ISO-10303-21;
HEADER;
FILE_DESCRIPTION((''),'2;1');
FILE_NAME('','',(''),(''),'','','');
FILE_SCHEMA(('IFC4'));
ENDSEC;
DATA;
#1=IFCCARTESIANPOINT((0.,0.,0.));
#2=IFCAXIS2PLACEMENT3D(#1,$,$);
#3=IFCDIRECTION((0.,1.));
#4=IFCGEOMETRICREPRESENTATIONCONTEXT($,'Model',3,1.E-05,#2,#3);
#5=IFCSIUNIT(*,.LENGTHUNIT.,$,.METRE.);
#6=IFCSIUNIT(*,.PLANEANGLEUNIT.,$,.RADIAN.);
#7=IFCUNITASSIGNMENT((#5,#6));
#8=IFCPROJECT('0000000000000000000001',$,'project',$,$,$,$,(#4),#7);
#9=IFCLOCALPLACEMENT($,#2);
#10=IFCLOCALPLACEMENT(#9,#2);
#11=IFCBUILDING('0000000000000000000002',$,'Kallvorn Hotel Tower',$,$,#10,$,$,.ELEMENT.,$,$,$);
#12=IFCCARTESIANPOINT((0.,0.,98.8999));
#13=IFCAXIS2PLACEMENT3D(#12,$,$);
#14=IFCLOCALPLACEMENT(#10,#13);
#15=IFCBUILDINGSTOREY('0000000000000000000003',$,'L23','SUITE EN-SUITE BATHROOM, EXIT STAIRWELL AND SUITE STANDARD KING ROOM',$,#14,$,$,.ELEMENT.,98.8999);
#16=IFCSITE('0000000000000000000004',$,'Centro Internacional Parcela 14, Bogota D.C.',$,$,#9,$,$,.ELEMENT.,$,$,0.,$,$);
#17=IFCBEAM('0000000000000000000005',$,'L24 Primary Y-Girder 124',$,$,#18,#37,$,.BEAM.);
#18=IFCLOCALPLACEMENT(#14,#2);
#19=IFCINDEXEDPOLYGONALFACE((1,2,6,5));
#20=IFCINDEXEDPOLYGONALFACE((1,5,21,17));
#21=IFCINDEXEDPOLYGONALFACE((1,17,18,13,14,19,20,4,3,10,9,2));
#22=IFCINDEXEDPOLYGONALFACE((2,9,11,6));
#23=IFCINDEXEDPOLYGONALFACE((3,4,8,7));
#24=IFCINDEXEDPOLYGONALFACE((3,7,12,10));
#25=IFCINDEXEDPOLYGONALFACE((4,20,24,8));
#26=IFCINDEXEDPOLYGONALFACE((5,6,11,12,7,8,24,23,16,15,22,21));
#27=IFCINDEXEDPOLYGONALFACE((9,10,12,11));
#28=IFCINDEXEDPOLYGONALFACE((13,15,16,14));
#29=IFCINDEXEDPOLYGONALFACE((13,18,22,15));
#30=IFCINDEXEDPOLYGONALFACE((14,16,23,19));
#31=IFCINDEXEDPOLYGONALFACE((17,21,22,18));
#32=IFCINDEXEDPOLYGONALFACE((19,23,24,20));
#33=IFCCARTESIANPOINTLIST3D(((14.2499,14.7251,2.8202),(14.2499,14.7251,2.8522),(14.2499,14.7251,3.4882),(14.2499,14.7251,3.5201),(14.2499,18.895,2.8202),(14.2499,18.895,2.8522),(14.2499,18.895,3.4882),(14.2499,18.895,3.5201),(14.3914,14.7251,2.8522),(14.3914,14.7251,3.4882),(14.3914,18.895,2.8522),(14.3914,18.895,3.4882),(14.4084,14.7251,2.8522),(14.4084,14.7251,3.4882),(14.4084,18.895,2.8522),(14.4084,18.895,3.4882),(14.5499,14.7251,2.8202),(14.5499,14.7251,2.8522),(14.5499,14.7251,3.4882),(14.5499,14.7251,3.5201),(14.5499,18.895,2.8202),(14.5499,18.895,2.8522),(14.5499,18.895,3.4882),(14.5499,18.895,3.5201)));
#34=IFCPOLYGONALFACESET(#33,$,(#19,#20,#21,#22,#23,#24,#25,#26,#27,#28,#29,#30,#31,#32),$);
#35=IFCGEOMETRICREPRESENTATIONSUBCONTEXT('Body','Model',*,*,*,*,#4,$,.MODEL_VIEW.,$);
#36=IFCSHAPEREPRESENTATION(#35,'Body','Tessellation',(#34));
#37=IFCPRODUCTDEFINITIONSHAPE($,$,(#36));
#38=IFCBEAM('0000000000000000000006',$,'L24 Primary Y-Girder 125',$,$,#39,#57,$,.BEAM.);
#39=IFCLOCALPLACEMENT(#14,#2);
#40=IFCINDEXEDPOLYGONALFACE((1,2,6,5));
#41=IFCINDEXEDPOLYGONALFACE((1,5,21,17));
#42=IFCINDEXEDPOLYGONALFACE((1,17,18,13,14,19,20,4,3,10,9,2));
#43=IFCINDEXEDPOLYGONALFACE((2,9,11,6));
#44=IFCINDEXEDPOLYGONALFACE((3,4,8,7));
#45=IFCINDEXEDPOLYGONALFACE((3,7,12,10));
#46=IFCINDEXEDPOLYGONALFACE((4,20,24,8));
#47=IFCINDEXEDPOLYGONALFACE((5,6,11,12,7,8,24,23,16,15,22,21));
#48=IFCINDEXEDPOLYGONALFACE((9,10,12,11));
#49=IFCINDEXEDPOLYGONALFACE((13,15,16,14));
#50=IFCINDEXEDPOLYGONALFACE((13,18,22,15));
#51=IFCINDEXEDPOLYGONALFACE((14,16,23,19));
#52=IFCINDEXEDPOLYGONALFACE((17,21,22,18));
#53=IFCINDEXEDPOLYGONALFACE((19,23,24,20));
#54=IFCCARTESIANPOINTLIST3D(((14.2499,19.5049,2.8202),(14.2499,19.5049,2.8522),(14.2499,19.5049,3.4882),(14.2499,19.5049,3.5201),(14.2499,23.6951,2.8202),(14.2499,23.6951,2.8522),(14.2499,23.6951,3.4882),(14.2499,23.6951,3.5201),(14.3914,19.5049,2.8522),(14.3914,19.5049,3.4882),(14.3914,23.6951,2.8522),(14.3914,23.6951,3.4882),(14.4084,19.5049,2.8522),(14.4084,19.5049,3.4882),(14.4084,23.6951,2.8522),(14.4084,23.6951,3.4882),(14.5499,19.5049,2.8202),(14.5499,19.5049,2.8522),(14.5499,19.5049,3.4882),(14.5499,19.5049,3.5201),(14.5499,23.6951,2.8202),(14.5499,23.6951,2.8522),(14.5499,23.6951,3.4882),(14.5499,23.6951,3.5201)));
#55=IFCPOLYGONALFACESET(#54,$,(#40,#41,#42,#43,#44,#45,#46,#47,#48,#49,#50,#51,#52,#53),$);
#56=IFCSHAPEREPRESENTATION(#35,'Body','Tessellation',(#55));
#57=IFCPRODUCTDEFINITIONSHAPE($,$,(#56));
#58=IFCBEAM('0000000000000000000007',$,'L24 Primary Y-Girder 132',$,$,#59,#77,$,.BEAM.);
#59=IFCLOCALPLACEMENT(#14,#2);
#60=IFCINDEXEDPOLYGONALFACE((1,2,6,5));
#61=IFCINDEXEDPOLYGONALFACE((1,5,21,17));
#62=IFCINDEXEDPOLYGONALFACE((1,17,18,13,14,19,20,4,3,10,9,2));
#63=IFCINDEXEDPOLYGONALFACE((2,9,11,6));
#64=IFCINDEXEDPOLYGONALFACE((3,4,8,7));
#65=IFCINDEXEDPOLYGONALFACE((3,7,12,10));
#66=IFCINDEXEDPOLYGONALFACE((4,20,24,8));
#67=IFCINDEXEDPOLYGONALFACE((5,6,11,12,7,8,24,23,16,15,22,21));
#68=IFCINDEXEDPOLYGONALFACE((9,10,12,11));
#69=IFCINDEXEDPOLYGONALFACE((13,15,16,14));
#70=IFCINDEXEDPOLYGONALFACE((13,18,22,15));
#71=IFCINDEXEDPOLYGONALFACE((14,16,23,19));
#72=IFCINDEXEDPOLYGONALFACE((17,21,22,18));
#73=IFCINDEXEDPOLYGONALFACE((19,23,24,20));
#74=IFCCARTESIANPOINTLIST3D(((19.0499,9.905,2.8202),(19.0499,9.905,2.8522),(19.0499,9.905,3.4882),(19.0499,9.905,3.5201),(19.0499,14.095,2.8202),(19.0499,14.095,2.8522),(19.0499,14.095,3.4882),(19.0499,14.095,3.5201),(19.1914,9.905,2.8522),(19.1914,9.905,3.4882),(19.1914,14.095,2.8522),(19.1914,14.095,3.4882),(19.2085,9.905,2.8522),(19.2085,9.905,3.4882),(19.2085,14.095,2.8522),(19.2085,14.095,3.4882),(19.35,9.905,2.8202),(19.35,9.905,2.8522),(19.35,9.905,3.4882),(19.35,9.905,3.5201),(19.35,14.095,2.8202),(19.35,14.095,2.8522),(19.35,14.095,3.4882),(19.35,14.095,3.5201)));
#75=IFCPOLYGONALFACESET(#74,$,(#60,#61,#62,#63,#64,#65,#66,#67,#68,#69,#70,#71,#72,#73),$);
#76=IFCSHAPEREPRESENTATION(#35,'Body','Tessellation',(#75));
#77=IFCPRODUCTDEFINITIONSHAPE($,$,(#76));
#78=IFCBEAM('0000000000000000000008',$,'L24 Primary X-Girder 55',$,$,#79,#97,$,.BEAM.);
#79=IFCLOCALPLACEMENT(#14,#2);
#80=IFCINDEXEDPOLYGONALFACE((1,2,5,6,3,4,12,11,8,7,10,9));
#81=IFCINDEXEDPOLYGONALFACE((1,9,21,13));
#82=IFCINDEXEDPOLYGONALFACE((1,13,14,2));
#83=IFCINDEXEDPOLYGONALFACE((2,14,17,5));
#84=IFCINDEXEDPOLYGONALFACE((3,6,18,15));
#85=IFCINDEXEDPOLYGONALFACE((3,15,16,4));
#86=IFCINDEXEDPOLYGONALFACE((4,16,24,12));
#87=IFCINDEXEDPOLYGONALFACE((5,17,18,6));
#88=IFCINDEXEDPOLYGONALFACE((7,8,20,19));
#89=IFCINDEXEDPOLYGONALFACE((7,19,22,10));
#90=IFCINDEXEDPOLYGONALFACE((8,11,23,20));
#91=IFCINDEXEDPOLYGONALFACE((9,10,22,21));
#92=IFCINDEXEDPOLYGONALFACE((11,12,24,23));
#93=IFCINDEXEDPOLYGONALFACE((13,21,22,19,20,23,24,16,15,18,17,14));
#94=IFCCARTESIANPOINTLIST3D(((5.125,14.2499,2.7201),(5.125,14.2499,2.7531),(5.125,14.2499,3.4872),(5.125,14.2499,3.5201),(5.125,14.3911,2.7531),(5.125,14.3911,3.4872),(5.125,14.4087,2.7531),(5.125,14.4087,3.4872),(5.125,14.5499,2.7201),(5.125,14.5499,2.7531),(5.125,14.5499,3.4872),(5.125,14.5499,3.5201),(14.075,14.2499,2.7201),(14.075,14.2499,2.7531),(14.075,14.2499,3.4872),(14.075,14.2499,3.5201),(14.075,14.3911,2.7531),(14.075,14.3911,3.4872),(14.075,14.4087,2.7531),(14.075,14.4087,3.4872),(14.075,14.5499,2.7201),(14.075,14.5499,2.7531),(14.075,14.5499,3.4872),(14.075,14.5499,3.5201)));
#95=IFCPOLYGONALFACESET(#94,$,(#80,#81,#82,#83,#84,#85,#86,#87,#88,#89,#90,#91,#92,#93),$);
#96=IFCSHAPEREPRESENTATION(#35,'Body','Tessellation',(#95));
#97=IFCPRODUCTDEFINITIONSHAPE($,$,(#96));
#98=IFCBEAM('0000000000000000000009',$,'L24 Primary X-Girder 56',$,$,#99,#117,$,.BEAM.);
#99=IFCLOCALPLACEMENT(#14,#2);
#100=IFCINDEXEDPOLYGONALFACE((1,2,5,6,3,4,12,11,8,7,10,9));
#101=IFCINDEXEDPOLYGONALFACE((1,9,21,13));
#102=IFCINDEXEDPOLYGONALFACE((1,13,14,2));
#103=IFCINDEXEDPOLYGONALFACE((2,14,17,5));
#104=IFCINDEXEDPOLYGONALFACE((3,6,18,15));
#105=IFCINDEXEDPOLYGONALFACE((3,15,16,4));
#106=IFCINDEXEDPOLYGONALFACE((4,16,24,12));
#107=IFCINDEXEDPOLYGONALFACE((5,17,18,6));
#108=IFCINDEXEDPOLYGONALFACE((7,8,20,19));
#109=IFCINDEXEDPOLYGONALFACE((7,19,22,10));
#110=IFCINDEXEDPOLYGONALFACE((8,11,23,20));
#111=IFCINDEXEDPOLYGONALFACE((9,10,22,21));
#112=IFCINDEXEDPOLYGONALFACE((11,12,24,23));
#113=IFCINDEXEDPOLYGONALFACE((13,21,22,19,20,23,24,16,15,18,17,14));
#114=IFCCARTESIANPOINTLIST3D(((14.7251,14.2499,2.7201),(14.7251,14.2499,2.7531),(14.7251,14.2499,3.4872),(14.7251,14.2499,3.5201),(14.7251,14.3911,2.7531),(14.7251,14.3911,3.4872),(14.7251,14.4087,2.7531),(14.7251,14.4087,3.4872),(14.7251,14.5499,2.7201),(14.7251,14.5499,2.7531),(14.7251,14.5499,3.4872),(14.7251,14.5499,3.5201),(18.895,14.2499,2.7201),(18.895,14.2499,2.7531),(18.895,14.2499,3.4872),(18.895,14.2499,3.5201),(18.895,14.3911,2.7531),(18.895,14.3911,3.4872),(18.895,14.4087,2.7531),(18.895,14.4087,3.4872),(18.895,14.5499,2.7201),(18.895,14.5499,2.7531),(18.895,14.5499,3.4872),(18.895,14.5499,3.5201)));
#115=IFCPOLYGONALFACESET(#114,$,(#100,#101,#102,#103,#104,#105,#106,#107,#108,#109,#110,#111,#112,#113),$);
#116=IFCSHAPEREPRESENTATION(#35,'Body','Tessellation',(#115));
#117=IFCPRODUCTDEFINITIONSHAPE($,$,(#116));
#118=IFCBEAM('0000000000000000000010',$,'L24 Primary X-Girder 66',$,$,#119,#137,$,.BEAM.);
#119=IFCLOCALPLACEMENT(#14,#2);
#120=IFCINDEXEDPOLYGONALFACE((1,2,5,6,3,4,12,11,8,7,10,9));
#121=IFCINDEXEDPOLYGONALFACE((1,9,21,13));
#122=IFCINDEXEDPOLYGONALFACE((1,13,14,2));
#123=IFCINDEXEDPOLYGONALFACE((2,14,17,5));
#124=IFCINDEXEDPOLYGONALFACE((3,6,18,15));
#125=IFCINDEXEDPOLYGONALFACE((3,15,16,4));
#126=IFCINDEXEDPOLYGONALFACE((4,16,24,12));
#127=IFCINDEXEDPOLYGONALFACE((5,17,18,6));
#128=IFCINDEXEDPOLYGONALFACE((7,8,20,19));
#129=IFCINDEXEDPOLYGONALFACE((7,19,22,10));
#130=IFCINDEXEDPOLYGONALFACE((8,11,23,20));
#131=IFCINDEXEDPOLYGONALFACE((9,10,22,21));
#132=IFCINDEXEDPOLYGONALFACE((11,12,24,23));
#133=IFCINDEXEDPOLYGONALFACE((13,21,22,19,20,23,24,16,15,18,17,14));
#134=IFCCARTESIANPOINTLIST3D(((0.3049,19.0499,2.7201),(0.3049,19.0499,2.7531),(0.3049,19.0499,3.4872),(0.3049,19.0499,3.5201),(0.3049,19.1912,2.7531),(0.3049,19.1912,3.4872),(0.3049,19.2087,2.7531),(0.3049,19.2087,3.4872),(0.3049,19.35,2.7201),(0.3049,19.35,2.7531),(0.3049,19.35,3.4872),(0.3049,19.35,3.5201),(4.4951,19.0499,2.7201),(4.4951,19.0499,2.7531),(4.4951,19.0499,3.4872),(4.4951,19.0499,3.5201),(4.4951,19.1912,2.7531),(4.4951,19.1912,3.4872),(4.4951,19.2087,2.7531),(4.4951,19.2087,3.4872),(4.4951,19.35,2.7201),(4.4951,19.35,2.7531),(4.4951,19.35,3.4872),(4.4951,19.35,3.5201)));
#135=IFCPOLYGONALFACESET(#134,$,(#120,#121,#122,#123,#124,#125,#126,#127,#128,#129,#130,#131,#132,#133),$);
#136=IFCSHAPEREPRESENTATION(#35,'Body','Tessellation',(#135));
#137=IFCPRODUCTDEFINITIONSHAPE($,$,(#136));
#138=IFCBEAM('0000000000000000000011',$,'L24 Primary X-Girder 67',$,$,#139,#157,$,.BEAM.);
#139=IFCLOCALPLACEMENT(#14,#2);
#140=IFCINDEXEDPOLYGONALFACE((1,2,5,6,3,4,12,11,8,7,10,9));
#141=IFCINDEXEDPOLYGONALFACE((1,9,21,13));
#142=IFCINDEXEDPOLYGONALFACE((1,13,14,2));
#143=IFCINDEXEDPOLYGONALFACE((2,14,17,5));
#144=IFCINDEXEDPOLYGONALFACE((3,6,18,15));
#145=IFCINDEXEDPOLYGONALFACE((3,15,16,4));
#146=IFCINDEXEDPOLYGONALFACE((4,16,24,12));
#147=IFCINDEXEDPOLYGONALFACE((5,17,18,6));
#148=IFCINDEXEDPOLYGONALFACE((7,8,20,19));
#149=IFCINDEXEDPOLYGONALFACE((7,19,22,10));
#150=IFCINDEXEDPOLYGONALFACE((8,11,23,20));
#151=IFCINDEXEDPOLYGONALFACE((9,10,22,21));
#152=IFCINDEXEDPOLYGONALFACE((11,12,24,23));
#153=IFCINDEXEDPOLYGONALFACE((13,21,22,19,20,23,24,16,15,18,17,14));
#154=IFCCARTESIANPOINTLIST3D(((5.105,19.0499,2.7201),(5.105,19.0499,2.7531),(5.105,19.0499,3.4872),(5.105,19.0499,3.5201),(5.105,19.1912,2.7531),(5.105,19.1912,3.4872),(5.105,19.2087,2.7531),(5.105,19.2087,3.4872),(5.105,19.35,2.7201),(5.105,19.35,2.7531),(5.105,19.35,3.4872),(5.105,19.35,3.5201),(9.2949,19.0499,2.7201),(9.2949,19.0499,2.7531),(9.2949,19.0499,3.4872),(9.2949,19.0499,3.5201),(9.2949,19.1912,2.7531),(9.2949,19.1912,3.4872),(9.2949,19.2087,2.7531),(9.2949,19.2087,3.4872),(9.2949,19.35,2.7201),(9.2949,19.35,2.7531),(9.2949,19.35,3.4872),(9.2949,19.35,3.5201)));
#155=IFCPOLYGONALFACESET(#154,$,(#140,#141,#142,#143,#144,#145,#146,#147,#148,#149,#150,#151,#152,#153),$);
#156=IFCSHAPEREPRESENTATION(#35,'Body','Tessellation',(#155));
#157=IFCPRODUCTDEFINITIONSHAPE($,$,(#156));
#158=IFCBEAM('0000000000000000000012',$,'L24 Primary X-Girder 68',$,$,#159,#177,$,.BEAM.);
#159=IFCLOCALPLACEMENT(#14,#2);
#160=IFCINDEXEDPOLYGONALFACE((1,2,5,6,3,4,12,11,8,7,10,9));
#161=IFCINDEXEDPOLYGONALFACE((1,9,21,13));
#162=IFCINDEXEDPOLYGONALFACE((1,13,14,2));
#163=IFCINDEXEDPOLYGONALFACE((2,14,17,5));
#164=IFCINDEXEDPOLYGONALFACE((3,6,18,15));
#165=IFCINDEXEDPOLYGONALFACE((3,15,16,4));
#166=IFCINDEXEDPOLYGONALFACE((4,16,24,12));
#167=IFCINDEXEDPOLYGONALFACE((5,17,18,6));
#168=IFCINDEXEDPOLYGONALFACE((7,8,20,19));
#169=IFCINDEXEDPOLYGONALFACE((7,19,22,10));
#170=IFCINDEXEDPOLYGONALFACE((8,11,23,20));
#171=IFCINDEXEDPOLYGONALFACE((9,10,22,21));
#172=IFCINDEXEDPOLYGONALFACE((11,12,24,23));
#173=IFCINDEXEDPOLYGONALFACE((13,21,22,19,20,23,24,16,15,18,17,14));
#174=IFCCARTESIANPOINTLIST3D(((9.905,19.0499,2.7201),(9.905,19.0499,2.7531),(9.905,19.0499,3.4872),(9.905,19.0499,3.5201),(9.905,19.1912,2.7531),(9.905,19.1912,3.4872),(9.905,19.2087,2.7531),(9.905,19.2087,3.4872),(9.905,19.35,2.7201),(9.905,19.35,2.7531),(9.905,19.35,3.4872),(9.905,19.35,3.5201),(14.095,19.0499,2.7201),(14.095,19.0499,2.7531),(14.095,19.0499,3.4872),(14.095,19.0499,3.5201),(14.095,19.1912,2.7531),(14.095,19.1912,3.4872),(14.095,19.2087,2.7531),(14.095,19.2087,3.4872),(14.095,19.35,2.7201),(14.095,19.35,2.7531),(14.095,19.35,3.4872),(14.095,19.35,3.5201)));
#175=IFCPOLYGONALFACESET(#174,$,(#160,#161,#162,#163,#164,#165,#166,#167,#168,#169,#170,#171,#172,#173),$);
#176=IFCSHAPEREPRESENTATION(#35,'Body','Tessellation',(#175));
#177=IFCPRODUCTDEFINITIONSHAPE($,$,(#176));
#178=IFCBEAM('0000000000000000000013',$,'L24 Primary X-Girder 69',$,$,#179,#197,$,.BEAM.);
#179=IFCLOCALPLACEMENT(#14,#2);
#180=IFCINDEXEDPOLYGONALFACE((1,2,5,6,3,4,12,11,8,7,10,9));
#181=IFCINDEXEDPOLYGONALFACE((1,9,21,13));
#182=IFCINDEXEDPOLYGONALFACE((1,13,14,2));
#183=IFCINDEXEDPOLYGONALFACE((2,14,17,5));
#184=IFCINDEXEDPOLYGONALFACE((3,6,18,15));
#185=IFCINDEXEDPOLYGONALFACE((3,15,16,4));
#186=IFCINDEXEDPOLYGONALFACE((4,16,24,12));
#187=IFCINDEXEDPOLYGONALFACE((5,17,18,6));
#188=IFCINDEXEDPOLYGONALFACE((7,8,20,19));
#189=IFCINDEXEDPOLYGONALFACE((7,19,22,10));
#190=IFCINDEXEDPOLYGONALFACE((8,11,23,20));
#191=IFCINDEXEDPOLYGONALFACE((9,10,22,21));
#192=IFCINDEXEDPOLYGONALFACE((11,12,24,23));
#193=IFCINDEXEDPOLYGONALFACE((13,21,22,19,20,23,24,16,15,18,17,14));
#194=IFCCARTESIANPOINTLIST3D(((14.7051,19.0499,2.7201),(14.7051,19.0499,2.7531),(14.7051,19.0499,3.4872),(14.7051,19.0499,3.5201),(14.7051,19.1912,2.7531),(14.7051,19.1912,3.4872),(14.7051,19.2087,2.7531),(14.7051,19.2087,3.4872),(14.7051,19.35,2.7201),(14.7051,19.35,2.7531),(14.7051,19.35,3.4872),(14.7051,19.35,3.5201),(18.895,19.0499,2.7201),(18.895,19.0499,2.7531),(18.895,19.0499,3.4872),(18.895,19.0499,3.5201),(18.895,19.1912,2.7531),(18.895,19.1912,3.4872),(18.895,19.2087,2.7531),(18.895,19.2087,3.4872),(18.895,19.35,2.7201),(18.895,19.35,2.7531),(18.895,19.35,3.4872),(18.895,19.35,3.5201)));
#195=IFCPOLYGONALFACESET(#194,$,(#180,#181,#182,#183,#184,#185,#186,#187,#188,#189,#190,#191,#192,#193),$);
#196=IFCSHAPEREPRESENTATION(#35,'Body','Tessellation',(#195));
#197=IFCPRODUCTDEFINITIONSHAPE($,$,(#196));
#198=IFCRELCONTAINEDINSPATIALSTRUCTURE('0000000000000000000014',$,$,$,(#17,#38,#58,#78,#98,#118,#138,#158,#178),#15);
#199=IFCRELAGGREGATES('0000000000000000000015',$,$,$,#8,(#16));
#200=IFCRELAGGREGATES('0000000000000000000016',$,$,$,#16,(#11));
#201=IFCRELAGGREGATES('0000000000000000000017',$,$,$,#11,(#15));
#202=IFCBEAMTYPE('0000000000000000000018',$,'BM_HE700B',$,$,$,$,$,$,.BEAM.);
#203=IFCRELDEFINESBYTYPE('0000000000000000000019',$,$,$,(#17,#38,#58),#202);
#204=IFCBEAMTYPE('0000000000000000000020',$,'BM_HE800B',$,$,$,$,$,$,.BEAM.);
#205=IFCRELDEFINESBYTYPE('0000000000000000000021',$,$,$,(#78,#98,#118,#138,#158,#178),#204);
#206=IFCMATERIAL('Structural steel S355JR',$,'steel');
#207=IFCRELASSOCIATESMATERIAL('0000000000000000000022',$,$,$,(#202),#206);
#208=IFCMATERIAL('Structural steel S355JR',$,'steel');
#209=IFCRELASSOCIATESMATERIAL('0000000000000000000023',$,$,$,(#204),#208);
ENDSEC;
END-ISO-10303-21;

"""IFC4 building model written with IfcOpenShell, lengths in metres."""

from ifc_helpers import new_model, si_unit, direction, frame, origin, origin_2d, place, context, subcontext, project, spatial, i_section, extrude, material, material_profile, profile_set, type_object, element, save


model = new_model("IFC4")

# Units and contexts
model_context = context("Model", 3, precision=1e-05, world=origin(), true_north=direction((0.0, 1.0)))
body_context = subcontext(model_context, "Body", "Model", "MODEL_VIEW")
ifc_project = project(units=[si_unit("LENGTHUNIT", "METRE"), si_unit("PLANEANGLEUNIT", "RADIAN")], contexts=[model_context])

# Site, building, storey
site_placement = place(None, origin())
site = spatial("IfcSite", under=ifc_project, at=site_placement, Name="Centro Internacional Parcela 14, Bogota D.C.", CompositionType="ELEMENT", RefElevation=0.0)
building_placement = place(site_placement, origin())
building = spatial("IfcBuilding", under=site, at=building_placement, Name="Kallvorn Hotel Tower", CompositionType="ELEMENT")
storey_placement = place(building_placement, frame((0.0, 0.0, 98.8999)))
storey = spatial("IfcBuildingStorey", under=building, at=storey_placement, Name="L23", Description="SUITE EN-SUITE BATHROOM, EXIT STAIRWELL AND SUITE STANDARD KING ROOM", CompositionType="ELEMENT", Elevation=98.8999)

# Beams
ifc_material_1 = material(Name="Structural steel S355JR", Category="steel")
ifc_material_profile_1 = material_profile(ifc_material_1, i_section(OverallWidth=0.3, OverallDepth=0.7, WebThickness=0.0171, FlangeThickness=0.032, at=origin_2d()), Name="HE 700 B")
ifc_profile_set_1 = profile_set([ifc_material_profile_1], Name="Structural steel S355JR")
beam_type_1 = type_object("IfcBeamType", Name="BM_HE700B", PredefinedType="BEAM", material=ifc_profile_set_1)
beam_1_placement = place(storey_placement, frame((14.3999, 14.7251, 3.1702), z_axis=(0.0, 1.0, 0.0), x_axis=(-1.0, 0.0, 0.0)))
element("IfcBeam", 1, at=beam_1_placement, inside=storey, type_object=beam_type_1, Name="L24 Primary Y-Girder 124", PredefinedType="BEAM", context=body_context, shape_type="SweptSolid", body=[
    extrude(i_section(OverallWidth=0.3, OverallDepth=0.7, WebThickness=0.0171, FlangeThickness=0.032, at=origin_2d()), origin(), (0.0, 0.0, 1.0), 4.1699),
])
beam_2_placement = place(storey_placement, frame((14.3999, 19.5049, 3.1702), z_axis=(0.0, 1.0, 0.0), x_axis=(-1.0, 0.0, 0.0)))
element("IfcBeam", 2, at=beam_2_placement, inside=storey, type_object=beam_type_1, Name="L24 Primary Y-Girder 125", PredefinedType="BEAM", context=body_context, shape_type="SweptSolid", body=[
    extrude(i_section(OverallWidth=0.3, OverallDepth=0.7, WebThickness=0.0171, FlangeThickness=0.032, at=origin_2d()), origin(), (0.0, 0.0, 1.0), 4.1902),
])
beam_3_placement = place(storey_placement, frame((19.2, 9.905, 3.1702), z_axis=(0.0, 1.0, 0.0), x_axis=(-1.0, 0.0, 0.0)))
element("IfcBeam", 3, at=beam_3_placement, inside=storey, type_object=beam_type_1, Name="L24 Primary Y-Girder 132", PredefinedType="BEAM", context=body_context, shape_type="SweptSolid", body=[
    extrude(i_section(OverallWidth=0.3, OverallDepth=0.7, WebThickness=0.0171, FlangeThickness=0.032, at=origin_2d()), origin(), (0.0, 0.0, 1.0), 4.1899),
])
ifc_material_2 = material(Name="Structural steel S355JR", Category="steel")
ifc_material_profile_2 = material_profile(ifc_material_2, i_section(OverallWidth=0.3, OverallDepth=0.8, WebThickness=0.0176, FlangeThickness=0.033, at=origin_2d()), Name="HE 800 B")
ifc_profile_set_2 = profile_set([ifc_material_profile_2], Name="Structural steel S355JR")
beam_type_2 = type_object("IfcBeamType", Name="BM_HE800B", PredefinedType="BEAM", material=ifc_profile_set_2)
beam_4_placement = place(storey_placement, frame((5.125, 14.3999, 3.1201), z_axis=(1.0, 0.0, 0.0), x_axis=(0.0, 1.0, 0.0)))
element("IfcBeam", 4, at=beam_4_placement, inside=storey, type_object=beam_type_2, Name="L24 Primary X-Girder 55", PredefinedType="BEAM", context=body_context, shape_type="SweptSolid", body=[
    extrude(i_section(OverallWidth=0.3, OverallDepth=0.8, WebThickness=0.0176, FlangeThickness=0.033, at=origin_2d()), origin(), (0.0, 0.0, 1.0), 8.95),
])
beam_5_placement = place(storey_placement, frame((14.7251, 14.3999, 3.1201), z_axis=(1.0, 0.0, 0.0), x_axis=(0.0, 1.0, 0.0)))
element("IfcBeam", 5, at=beam_5_placement, inside=storey, type_object=beam_type_2, Name="L24 Primary X-Girder 56", PredefinedType="BEAM", context=body_context, shape_type="SweptSolid", body=[
    extrude(i_section(OverallWidth=0.3, OverallDepth=0.8, WebThickness=0.0176, FlangeThickness=0.033, at=origin_2d()), origin(), (0.0, 0.0, 1.0), 4.1699),
])
beam_6_placement = place(storey_placement, frame((0.3049, 19.2, 3.1201), z_axis=(1.0, 0.0, 0.0), x_axis=(0.0, 1.0, 0.0)))
element("IfcBeam", 6, at=beam_6_placement, inside=storey, type_object=beam_type_2, Name="L24 Primary X-Girder 66", PredefinedType="BEAM", context=body_context, shape_type="SweptSolid", body=[
    extrude(i_section(OverallWidth=0.3, OverallDepth=0.8, WebThickness=0.0176, FlangeThickness=0.033, at=origin_2d()), origin(), (0.0, 0.0, 1.0), 4.1902),
])
for number, where, z_axis, x_axis, name in (
    (7, (5.105, 19.2, 3.1201), (1.0, 0.0, 0.0), (0.0, 1.0, 0.0), "L24 Primary X-Girder 67"),
    (8, (9.905, 19.2, 3.1201), (1.0, 0.0, 0.0), (0.0, 1.0, 0.0), "L24 Primary X-Girder 68"),
    (9, (14.7051, 19.2, 3.1201), (1.0, 0.0, 0.0), (0.0, 1.0, 0.0), "L24 Primary X-Girder 69"),
):
    element("IfcBeam", number, at=place(storey_placement, frame(where, z_axis=z_axis, x_axis=x_axis)), inside=storey, type_object=beam_type_2, Name=name, PredefinedType="BEAM", context=body_context, shape_type="SweptSolid", body=[
        extrude(i_section(OverallWidth=0.3, OverallDepth=0.8, WebThickness=0.0176, FlangeThickness=0.033, at=origin_2d()), origin(), (0.0, 0.0, 1.0), 4.1899),
    ])

save(model, "model.ifc")
